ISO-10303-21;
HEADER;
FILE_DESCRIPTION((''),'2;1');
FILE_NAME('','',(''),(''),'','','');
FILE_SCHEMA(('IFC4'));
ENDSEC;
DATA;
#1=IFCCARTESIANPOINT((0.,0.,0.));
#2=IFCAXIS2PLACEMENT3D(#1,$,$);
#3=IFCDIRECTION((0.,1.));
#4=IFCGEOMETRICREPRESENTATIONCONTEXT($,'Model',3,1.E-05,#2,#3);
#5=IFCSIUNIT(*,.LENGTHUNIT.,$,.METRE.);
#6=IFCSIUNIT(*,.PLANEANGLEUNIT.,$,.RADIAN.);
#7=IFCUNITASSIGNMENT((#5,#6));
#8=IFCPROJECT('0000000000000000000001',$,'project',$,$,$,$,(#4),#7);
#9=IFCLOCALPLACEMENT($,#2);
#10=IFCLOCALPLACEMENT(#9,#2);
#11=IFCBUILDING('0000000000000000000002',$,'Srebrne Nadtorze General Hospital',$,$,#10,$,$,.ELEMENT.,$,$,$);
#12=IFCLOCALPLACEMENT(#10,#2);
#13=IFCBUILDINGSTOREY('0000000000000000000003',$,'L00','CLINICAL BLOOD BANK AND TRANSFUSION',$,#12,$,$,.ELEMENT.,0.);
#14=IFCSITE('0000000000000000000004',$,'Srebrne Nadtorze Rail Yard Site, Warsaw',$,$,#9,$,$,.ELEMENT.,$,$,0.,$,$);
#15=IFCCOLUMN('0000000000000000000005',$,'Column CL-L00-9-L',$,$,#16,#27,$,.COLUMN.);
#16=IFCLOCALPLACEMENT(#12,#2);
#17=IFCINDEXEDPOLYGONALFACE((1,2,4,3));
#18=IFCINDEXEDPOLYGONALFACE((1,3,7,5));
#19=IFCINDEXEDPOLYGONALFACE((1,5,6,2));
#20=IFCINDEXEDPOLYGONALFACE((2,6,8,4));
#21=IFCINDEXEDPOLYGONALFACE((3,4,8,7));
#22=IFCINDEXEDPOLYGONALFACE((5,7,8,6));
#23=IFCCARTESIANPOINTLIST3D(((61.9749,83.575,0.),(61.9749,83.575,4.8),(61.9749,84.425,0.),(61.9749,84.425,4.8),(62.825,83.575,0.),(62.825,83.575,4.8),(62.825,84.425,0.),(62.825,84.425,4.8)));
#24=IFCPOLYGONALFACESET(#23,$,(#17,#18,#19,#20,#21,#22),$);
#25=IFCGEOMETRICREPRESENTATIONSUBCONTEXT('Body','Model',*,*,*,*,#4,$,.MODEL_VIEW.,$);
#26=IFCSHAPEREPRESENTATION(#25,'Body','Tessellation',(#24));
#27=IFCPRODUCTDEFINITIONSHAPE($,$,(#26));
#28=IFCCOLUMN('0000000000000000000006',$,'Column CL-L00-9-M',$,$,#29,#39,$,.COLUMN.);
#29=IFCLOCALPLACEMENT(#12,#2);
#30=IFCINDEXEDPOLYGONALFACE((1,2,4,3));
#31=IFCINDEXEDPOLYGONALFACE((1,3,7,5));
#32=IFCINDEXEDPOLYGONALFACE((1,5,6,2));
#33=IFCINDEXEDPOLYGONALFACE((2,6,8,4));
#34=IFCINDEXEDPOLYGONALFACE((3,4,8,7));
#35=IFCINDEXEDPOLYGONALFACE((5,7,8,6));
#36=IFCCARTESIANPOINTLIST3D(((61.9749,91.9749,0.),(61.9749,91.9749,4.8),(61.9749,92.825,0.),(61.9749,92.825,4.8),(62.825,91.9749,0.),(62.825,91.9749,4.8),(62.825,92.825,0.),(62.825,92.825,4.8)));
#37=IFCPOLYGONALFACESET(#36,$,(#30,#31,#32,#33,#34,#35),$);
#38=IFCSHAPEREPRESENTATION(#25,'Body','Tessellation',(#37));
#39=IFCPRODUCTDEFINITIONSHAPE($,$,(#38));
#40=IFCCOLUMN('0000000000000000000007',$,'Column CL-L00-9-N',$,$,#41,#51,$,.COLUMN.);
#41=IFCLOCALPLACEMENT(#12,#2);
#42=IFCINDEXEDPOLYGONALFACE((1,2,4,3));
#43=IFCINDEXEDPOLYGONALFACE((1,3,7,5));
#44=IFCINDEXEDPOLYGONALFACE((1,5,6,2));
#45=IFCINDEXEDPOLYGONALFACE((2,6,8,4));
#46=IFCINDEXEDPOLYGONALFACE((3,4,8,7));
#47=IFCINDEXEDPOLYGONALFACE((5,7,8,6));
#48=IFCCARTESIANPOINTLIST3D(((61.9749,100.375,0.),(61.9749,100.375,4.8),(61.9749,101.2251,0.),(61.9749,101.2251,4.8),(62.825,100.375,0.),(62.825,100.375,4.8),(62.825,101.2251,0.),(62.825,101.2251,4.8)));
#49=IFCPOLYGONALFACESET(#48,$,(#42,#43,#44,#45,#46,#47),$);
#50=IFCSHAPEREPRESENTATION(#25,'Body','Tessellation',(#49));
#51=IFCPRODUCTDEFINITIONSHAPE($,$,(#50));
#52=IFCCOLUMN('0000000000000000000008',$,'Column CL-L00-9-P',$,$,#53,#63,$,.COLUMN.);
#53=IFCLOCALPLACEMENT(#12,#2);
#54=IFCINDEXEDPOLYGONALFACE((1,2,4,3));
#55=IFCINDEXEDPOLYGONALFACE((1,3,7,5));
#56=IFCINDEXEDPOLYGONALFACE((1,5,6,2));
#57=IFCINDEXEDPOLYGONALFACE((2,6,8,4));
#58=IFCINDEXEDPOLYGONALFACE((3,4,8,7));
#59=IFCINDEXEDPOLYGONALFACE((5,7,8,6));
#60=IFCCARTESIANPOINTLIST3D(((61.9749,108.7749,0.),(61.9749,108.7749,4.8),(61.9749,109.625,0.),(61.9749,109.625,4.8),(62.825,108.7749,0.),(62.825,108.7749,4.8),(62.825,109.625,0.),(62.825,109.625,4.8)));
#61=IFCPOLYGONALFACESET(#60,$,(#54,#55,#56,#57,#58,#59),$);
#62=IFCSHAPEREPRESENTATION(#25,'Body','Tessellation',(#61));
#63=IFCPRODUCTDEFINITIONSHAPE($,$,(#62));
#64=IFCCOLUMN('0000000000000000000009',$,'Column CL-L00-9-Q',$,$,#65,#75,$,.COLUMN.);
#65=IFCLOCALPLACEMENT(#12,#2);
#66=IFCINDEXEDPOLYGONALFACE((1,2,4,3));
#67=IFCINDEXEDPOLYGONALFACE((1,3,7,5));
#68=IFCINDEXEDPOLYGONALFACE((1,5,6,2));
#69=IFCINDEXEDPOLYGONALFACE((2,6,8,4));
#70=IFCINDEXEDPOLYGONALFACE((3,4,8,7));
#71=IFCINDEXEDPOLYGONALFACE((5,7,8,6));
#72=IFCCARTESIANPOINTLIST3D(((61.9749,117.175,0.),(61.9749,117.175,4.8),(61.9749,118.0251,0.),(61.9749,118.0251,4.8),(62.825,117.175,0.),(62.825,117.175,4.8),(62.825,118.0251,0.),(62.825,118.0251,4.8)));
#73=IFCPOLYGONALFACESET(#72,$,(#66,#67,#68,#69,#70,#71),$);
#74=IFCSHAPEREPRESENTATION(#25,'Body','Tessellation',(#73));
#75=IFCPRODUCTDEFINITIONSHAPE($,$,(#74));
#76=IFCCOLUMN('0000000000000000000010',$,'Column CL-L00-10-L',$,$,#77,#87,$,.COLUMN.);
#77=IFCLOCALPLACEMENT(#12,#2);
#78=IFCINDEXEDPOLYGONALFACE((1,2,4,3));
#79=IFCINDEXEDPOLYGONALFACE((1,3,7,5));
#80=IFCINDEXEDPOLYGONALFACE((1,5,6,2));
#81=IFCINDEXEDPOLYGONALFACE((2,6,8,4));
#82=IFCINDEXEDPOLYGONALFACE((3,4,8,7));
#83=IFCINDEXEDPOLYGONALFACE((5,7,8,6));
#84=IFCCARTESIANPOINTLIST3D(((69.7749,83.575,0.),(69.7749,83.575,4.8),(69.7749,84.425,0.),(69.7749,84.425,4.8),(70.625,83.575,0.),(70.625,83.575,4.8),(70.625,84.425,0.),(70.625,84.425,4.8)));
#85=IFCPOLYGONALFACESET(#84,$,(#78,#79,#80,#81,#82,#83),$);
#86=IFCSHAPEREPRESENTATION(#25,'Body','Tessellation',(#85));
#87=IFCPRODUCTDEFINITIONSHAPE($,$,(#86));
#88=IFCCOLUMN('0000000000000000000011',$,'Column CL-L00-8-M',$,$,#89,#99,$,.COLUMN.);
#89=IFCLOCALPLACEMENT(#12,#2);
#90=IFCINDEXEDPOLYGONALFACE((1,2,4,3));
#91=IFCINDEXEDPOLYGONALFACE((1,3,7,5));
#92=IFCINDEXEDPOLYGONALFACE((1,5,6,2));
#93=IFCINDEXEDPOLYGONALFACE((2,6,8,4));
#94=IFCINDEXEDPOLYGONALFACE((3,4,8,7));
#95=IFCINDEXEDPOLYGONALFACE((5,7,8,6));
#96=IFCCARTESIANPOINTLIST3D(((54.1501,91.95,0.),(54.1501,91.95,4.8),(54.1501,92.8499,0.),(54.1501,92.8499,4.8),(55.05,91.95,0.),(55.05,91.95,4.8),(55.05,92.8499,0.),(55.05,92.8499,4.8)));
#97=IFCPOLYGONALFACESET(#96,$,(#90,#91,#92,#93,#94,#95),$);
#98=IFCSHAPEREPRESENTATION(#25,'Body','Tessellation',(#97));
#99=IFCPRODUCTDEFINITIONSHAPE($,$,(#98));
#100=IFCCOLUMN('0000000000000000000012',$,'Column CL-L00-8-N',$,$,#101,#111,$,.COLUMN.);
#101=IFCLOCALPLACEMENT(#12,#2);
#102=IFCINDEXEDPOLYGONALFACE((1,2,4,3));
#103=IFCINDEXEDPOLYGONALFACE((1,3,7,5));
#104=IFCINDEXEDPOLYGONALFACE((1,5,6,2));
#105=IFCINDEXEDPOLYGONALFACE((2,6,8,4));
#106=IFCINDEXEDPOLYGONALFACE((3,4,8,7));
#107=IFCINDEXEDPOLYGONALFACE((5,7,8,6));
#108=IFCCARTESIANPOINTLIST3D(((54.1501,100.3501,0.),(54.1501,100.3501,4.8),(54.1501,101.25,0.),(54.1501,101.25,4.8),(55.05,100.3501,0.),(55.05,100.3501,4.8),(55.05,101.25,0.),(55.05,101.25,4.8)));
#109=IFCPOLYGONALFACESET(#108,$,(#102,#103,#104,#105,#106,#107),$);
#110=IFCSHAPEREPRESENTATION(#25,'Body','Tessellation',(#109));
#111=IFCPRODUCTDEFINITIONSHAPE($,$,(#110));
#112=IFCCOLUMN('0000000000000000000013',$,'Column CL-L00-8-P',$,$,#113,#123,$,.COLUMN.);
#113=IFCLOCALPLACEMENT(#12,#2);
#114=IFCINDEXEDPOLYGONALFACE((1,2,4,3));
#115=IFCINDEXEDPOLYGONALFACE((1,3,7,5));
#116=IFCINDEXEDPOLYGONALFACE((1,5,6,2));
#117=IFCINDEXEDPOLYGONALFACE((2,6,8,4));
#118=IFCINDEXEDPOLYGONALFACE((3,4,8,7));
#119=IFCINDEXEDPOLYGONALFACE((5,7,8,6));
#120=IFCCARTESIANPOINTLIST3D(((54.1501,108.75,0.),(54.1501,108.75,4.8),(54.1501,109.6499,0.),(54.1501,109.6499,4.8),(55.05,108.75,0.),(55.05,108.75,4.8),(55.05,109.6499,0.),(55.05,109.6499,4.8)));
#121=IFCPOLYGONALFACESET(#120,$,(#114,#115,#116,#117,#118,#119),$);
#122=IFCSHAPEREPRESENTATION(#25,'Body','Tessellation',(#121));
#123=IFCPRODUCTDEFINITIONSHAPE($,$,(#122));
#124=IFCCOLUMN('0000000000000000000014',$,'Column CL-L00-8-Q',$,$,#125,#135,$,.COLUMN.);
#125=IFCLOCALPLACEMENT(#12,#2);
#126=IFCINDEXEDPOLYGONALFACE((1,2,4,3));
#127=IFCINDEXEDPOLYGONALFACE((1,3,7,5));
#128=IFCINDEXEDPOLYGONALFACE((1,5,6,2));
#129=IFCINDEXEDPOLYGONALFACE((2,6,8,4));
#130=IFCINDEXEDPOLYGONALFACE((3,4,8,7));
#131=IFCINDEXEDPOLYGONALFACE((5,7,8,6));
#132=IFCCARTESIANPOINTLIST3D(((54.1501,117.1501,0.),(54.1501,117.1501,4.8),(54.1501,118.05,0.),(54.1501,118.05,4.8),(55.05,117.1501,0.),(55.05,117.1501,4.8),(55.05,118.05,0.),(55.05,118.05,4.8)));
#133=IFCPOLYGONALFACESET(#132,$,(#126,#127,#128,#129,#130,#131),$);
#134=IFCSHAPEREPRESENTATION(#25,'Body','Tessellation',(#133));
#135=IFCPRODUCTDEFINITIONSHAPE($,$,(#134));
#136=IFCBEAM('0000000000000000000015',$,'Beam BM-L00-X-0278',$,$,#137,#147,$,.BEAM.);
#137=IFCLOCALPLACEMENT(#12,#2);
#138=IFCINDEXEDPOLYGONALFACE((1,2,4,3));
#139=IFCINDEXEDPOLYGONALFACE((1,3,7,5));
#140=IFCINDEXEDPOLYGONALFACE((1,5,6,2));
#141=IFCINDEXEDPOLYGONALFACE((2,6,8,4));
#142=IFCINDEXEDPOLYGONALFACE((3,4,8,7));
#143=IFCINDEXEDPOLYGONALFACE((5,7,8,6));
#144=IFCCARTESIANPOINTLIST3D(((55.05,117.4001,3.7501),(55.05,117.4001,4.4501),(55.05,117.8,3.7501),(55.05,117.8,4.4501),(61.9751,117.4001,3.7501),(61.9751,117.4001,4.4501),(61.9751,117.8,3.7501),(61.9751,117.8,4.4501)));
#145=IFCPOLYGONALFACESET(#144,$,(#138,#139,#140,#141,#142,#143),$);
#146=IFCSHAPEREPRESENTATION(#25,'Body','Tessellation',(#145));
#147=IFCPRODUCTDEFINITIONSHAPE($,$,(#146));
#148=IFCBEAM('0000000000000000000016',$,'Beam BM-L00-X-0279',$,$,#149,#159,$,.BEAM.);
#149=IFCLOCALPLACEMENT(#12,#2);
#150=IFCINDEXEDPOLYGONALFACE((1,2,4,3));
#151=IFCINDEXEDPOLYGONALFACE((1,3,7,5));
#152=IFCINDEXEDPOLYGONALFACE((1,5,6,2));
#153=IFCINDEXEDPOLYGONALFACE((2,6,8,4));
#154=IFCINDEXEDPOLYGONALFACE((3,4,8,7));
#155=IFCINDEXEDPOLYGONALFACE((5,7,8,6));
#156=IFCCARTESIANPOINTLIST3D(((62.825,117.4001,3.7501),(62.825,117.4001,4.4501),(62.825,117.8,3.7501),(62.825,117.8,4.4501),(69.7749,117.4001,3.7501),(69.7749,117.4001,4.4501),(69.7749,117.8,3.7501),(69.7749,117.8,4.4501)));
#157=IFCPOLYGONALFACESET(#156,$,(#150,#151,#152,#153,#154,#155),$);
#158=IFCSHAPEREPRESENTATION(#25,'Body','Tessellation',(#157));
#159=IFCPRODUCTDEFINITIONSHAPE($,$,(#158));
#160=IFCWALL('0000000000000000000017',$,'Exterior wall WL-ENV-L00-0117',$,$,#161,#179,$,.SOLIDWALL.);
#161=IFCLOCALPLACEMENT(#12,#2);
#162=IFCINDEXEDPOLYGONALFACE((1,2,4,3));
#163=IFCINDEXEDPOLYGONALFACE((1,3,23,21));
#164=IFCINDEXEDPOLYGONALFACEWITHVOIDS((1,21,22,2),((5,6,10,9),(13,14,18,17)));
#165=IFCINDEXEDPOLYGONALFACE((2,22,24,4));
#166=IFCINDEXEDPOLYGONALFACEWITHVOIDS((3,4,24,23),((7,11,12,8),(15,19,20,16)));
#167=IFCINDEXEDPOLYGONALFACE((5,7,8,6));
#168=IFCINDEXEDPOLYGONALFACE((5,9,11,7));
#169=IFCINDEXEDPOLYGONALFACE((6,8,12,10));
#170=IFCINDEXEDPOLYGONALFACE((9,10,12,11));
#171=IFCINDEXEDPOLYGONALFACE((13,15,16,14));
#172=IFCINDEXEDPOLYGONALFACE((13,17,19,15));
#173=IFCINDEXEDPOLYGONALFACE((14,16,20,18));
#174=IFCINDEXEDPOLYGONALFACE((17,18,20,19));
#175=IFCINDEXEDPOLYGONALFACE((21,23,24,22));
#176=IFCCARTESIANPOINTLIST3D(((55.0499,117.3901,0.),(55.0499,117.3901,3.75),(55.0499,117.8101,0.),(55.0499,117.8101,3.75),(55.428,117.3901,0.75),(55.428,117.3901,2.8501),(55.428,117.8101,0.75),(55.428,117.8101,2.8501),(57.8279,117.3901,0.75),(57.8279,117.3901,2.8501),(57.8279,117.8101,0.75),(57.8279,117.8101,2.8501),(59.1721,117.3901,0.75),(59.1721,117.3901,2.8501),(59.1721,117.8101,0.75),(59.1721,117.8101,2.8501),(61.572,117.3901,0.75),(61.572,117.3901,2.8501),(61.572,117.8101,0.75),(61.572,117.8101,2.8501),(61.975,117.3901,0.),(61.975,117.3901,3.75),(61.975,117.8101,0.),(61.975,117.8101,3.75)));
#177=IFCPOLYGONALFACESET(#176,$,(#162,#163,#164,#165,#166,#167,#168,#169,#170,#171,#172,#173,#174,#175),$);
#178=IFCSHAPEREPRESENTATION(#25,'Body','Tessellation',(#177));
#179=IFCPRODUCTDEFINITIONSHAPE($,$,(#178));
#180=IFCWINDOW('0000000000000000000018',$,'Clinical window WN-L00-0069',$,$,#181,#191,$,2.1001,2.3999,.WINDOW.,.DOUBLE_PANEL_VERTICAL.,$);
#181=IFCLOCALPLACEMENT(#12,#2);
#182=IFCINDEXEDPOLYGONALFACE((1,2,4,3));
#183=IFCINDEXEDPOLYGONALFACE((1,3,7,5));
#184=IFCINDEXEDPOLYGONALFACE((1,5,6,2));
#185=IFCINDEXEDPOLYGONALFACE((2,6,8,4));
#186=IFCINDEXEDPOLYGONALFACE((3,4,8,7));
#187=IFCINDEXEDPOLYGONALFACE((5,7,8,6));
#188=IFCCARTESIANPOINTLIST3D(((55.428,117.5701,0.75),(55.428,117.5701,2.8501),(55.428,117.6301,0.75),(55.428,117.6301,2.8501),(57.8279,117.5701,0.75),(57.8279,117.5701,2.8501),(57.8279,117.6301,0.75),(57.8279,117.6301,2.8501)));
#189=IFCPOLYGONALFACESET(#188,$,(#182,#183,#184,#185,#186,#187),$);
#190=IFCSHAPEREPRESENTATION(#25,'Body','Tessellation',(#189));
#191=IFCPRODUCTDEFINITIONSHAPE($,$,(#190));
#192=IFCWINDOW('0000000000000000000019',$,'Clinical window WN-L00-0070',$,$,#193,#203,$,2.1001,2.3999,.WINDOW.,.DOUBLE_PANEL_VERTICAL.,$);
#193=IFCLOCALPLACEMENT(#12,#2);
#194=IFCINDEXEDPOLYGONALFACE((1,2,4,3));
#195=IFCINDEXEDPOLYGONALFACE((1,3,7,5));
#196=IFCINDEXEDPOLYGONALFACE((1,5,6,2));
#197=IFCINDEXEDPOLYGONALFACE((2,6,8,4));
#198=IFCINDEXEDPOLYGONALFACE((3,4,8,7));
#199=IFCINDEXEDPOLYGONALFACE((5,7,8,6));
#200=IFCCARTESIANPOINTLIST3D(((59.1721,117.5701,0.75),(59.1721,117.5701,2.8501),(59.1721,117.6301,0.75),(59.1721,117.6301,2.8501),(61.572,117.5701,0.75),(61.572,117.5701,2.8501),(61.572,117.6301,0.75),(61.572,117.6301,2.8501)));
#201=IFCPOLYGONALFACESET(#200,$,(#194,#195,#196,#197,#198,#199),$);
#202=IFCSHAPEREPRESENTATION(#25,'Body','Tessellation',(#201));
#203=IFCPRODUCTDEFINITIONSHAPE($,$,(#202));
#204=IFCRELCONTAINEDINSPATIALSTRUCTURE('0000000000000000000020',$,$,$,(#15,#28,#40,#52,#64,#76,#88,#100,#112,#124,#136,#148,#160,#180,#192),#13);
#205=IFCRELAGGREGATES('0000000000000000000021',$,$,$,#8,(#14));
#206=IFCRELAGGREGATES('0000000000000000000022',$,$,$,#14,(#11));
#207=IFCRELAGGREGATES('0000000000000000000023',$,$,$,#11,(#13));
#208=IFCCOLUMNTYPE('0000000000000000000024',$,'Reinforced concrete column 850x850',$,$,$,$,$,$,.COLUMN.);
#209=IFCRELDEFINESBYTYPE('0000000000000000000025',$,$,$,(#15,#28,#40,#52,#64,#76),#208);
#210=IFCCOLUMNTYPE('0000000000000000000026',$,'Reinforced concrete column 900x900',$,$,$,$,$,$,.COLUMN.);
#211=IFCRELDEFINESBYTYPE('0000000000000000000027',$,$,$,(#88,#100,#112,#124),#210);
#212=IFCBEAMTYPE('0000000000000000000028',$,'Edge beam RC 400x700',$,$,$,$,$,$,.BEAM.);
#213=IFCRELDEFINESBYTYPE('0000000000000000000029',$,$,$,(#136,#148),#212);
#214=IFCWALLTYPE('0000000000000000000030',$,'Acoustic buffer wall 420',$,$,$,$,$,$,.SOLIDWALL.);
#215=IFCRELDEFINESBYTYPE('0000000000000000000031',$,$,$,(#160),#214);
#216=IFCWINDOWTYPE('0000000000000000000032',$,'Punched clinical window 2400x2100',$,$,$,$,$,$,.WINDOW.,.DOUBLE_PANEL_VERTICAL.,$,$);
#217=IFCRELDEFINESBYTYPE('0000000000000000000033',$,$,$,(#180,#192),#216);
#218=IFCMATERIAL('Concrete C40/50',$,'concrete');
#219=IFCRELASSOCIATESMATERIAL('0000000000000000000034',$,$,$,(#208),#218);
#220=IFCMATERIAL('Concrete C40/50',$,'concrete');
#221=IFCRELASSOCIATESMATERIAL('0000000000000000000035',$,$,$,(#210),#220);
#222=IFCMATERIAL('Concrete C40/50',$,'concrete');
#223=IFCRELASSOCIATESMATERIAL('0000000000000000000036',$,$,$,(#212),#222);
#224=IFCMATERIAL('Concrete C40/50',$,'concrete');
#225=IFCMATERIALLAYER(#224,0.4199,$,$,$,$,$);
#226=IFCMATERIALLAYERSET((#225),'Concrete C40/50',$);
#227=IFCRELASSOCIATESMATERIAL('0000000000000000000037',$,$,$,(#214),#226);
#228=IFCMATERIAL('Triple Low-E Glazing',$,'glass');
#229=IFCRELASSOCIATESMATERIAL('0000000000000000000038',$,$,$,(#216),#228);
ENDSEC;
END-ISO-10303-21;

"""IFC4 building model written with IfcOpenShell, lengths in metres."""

from ifc_helpers import new_model, si_unit, direction, frame, frame_2d, origin, origin_2d, place, context, subcontext, project, spatial, rectangle, extrude, material, layer, layer_set, material_profile, profile_set, type_object, element, fill, save


model = new_model("IFC4")

# Units and contexts
model_context = context("Model", 3, precision=1e-05, world=origin(), true_north=direction((0.0, 1.0)))
body_context = subcontext(model_context, "Body", "Model", "MODEL_VIEW")
ifc_project = project(units=[si_unit("LENGTHUNIT", "METRE"), si_unit("PLANEANGLEUNIT", "RADIAN")], contexts=[model_context])

# Site, building, storey
site_placement = place(None, origin())
site = spatial("IfcSite", under=ifc_project, at=site_placement, Name="Srebrne Nadtorze Rail Yard Site, Warsaw", CompositionType="ELEMENT", RefElevation=0.0)
building_placement = place(site_placement, origin())
building = spatial("IfcBuilding", under=site, at=building_placement, Name="Srebrne Nadtorze General Hospital", CompositionType="ELEMENT")
storey_placement = place(building_placement, origin())
storey = spatial("IfcBuildingStorey", under=building, at=storey_placement, Name="L00", Description="CLINICAL BLOOD BANK AND TRANSFUSION", CompositionType="ELEMENT", Elevation=0.0)

# Columns
ifc_material_1 = material(Name="Concrete C40/50", Category="concrete")
ifc_material_profile_1 = material_profile(ifc_material_1, rectangle(XDim=0.8501, YDim=0.8501, at=origin_2d()), Name="RC-COL-850x850")
ifc_profile_set_1 = profile_set([ifc_material_profile_1], Name="Concrete C40/50")
column_type_1 = type_object("IfcColumnType", Name="Reinforced concrete column 850x850", PredefinedType="COLUMN", material=ifc_profile_set_1)
for number, where, z_axis, x_axis, name in (
    (1, (62.3999, 84.0, 0.0), (0.0, 0.0, 1.0), (1.0, 0.0, 0.0), "Column CL-L00-9-L"),
    (2, (62.3999, 92.3999, 0.0), (0.0, 0.0, 1.0), (1.0, 0.0, 0.0), "Column CL-L00-9-M"),
    (3, (62.3999, 100.8, 0.0), (0.0, 0.0, 1.0), (1.0, 0.0, 0.0), "Column CL-L00-9-N"),
    (4, (62.3999, 109.2, 0.0), (0.0, 0.0, 1.0), (1.0, 0.0, 0.0), "Column CL-L00-9-P"),
    (5, (62.3999, 117.6001, 0.0), (0.0, 0.0, 1.0), (1.0, 0.0, 0.0), "Column CL-L00-9-Q"),
    (6, (70.2, 84.0, 0.0), (0.0, 0.0, 1.0), (1.0, 0.0, 0.0), "Column CL-L00-10-L"),
):
    element("IfcColumn", number, at=place(storey_placement, frame(where, z_axis=z_axis, x_axis=x_axis)), inside=storey, type_object=column_type_1, Name=name, PredefinedType="COLUMN", context=body_context, shape_type="SweptSolid", body=[
        extrude(rectangle(XDim=0.8501, YDim=0.8501, at=origin_2d()), origin(), (0.0, 0.0, 1.0), 4.8),
    ])
ifc_material_2 = material(Name="Concrete C40/50", Category="concrete")
ifc_material_profile_2 = material_profile(ifc_material_2, rectangle(XDim=0.8999, YDim=0.8999, at=origin_2d()), Name="RC-COL-900x900")
ifc_profile_set_2 = profile_set([ifc_material_profile_2], Name="Concrete C40/50")
column_type_2 = type_object("IfcColumnType", Name="Reinforced concrete column 900x900", PredefinedType="COLUMN", material=ifc_profile_set_2)
for number, where, z_axis, x_axis, name in (
    (7, (54.6001, 92.3999, 0.0), (0.0, 0.0, 1.0), (1.0, 0.0, 0.0), "Column CL-L00-8-M"),
    (8, (54.6001, 100.8, 0.0), (0.0, 0.0, 1.0), (1.0, 0.0, 0.0), "Column CL-L00-8-N"),
    (9, (54.6001, 109.2, 0.0), (0.0, 0.0, 1.0), (1.0, 0.0, 0.0), "Column CL-L00-8-P"),
    (10, (54.6001, 117.6001, 0.0), (0.0, 0.0, 1.0), (1.0, 0.0, 0.0), "Column CL-L00-8-Q"),
):
    element("IfcColumn", number, at=place(storey_placement, frame(where, z_axis=z_axis, x_axis=x_axis)), inside=storey, type_object=column_type_2, Name=name, PredefinedType="COLUMN", context=body_context, shape_type="SweptSolid", body=[
        extrude(rectangle(XDim=0.8999, YDim=0.8999, at=origin_2d()), origin(), (0.0, 0.0, 1.0), 4.8),
    ])

# Beams
ifc_material_3 = material(Name="Concrete C40/50", Category="concrete")
ifc_material_profile_3 = material_profile(ifc_material_3, rectangle(XDim=0.3999, YDim=0.7, at=origin_2d()), Name="RC-BM-400x700")
ifc_profile_set_3 = profile_set([ifc_material_profile_3], Name="Concrete C40/50")
beam_type = type_object("IfcBeamType", Name="Edge beam RC 400x700", PredefinedType="BEAM", material=ifc_profile_set_3)
beam_1_placement = place(storey_placement, frame((55.05, 117.6001, 4.1001), z_axis=(1.0, 0.0, 0.0), x_axis=(0.0, 1.0, 0.0)))
element("IfcBeam", 11, at=beam_1_placement, inside=storey, type_object=beam_type, Name="Beam BM-L00-X-0278", PredefinedType="BEAM", context=body_context, shape_type="SweptSolid", body=[
    extrude(rectangle(XDim=0.3999, YDim=0.7, at=origin_2d()), origin(), (0.0, 0.0, 1.0), 6.925),
])
beam_2_placement = place(storey_placement, frame((62.825, 117.6001, 4.1001), z_axis=(1.0, 0.0, 0.0), x_axis=(0.0, 1.0, 0.0)))
element("IfcBeam", 12, at=beam_2_placement, inside=storey, type_object=beam_type, Name="Beam BM-L00-X-0279", PredefinedType="BEAM", context=body_context, shape_type="SweptSolid", body=[
    extrude(rectangle(XDim=0.3999, YDim=0.7, at=origin_2d()), origin(), (0.0, 0.0, 1.0), 6.95),
])

# Wall, openings, windows
ifc_material_4 = material(Name="Concrete C40/50", Category="concrete")
ifc_layer_1 = layer(ifc_material_4, 0.4199)
ifc_layer_set_1 = layer_set([ifc_layer_1], Name="Concrete C40/50")
wall_type_1 = type_object("IfcWallType", Name="Acoustic buffer wall 420", PredefinedType="SOLIDWALL", material=ifc_layer_set_1)
wall_1_placement = place(storey_placement, frame((55.05, 117.6001, 0.0), z_axis=(0.0, 0.0, 1.0), x_axis=(1.0, 0.0, 0.0)))
wall_1 = element("IfcWall", 13, at=wall_1_placement, inside=storey, type_object=wall_type_1, Name="Exterior wall WL-ENV-L00-0117", PredefinedType="SOLIDWALL", context=body_context, shape_type="SweptSolid", body=[
    extrude(rectangle(XDim=6.925, YDim=0.4199, at=frame_2d((3.4624, 0.0))), origin(), (0.0, 0.0, 1.0), 3.75),
])
opening_1_placement = place(wall_1_placement, frame((0.3779, 0.0, 0.75)))
opening_1 = element("IfcOpeningElement", 14, at=opening_1_placement, cuts=wall_1, PredefinedType="OPENING", context=body_context, shape_type="SweptSolid", body=[
    extrude(rectangle(XDim=2.3999, YDim=2.1001, at=frame_2d((1.2, 1.05))), frame((0.0, 0.2219, 0.0), z_axis=(0.0, -1.0, 0.0), x_axis=(1.0, 0.0, 0.0)), (0.0, 0.0, 1.0), 0.4438),
])
opening_2_placement = place(wall_1_placement, frame((4.1221, 0.0, 0.75)))
opening_2 = element("IfcOpeningElement", 15, at=opening_2_placement, cuts=wall_1, PredefinedType="OPENING", context=body_context, shape_type="SweptSolid", body=[
    extrude(rectangle(XDim=2.3999, YDim=2.1001, at=frame_2d((1.2, 1.05))), frame((0.0, 0.2219, 0.0), z_axis=(0.0, -1.0, 0.0), x_axis=(1.0, 0.0, 0.0)), (0.0, 0.0, 1.0), 0.4438),
])
ifc_material_5 = material(Name="Triple Low-E Glazing", Category="glass")
window_type_1 = type_object("IfcWindowType", Name="Punched clinical window 2400x2100", PartitioningType="DOUBLE_PANEL_VERTICAL", PredefinedType="WINDOW", material=ifc_material_5)
window_1_placement = place(opening_1_placement, origin())
window_1 = element("IfcWindow", 16, at=window_1_placement, inside=storey, type_object=window_type_1, Name="Clinical window WN-L00-0069", OverallHeight=2.1001, OverallWidth=2.3999, PartitioningType="DOUBLE_PANEL_VERTICAL", PredefinedType="WINDOW", context=body_context, shape_type="SweptSolid", body=[
    extrude(rectangle(XDim=2.3999, YDim=2.1001, at=frame_2d((1.2, 1.05))), frame((0.0, 0.03, 0.0), z_axis=(0.0, -1.0, 0.0), x_axis=(1.0, 0.0, 0.0)), (0.0, 0.0, 1.0), 0.0601),
])
fill(opening_1, window_1)
window_2_placement = place(opening_2_placement, origin())
window_2 = element("IfcWindow", 17, at=window_2_placement, inside=storey, type_object=window_type_1, Name="Clinical window WN-L00-0070", OverallHeight=2.1001, OverallWidth=2.3999, PartitioningType="DOUBLE_PANEL_VERTICAL", PredefinedType="WINDOW", context=body_context, shape_type="SweptSolid", body=[
    extrude(rectangle(XDim=2.3999, YDim=2.1001, at=frame_2d((1.2, 1.05))), frame((0.0, 0.03, 0.0), z_axis=(0.0, -1.0, 0.0), x_axis=(1.0, 0.0, 0.0)), (0.0, 0.0, 1.0), 0.0601),
])
fill(opening_2, window_2)

save(model, "model.ifc")
